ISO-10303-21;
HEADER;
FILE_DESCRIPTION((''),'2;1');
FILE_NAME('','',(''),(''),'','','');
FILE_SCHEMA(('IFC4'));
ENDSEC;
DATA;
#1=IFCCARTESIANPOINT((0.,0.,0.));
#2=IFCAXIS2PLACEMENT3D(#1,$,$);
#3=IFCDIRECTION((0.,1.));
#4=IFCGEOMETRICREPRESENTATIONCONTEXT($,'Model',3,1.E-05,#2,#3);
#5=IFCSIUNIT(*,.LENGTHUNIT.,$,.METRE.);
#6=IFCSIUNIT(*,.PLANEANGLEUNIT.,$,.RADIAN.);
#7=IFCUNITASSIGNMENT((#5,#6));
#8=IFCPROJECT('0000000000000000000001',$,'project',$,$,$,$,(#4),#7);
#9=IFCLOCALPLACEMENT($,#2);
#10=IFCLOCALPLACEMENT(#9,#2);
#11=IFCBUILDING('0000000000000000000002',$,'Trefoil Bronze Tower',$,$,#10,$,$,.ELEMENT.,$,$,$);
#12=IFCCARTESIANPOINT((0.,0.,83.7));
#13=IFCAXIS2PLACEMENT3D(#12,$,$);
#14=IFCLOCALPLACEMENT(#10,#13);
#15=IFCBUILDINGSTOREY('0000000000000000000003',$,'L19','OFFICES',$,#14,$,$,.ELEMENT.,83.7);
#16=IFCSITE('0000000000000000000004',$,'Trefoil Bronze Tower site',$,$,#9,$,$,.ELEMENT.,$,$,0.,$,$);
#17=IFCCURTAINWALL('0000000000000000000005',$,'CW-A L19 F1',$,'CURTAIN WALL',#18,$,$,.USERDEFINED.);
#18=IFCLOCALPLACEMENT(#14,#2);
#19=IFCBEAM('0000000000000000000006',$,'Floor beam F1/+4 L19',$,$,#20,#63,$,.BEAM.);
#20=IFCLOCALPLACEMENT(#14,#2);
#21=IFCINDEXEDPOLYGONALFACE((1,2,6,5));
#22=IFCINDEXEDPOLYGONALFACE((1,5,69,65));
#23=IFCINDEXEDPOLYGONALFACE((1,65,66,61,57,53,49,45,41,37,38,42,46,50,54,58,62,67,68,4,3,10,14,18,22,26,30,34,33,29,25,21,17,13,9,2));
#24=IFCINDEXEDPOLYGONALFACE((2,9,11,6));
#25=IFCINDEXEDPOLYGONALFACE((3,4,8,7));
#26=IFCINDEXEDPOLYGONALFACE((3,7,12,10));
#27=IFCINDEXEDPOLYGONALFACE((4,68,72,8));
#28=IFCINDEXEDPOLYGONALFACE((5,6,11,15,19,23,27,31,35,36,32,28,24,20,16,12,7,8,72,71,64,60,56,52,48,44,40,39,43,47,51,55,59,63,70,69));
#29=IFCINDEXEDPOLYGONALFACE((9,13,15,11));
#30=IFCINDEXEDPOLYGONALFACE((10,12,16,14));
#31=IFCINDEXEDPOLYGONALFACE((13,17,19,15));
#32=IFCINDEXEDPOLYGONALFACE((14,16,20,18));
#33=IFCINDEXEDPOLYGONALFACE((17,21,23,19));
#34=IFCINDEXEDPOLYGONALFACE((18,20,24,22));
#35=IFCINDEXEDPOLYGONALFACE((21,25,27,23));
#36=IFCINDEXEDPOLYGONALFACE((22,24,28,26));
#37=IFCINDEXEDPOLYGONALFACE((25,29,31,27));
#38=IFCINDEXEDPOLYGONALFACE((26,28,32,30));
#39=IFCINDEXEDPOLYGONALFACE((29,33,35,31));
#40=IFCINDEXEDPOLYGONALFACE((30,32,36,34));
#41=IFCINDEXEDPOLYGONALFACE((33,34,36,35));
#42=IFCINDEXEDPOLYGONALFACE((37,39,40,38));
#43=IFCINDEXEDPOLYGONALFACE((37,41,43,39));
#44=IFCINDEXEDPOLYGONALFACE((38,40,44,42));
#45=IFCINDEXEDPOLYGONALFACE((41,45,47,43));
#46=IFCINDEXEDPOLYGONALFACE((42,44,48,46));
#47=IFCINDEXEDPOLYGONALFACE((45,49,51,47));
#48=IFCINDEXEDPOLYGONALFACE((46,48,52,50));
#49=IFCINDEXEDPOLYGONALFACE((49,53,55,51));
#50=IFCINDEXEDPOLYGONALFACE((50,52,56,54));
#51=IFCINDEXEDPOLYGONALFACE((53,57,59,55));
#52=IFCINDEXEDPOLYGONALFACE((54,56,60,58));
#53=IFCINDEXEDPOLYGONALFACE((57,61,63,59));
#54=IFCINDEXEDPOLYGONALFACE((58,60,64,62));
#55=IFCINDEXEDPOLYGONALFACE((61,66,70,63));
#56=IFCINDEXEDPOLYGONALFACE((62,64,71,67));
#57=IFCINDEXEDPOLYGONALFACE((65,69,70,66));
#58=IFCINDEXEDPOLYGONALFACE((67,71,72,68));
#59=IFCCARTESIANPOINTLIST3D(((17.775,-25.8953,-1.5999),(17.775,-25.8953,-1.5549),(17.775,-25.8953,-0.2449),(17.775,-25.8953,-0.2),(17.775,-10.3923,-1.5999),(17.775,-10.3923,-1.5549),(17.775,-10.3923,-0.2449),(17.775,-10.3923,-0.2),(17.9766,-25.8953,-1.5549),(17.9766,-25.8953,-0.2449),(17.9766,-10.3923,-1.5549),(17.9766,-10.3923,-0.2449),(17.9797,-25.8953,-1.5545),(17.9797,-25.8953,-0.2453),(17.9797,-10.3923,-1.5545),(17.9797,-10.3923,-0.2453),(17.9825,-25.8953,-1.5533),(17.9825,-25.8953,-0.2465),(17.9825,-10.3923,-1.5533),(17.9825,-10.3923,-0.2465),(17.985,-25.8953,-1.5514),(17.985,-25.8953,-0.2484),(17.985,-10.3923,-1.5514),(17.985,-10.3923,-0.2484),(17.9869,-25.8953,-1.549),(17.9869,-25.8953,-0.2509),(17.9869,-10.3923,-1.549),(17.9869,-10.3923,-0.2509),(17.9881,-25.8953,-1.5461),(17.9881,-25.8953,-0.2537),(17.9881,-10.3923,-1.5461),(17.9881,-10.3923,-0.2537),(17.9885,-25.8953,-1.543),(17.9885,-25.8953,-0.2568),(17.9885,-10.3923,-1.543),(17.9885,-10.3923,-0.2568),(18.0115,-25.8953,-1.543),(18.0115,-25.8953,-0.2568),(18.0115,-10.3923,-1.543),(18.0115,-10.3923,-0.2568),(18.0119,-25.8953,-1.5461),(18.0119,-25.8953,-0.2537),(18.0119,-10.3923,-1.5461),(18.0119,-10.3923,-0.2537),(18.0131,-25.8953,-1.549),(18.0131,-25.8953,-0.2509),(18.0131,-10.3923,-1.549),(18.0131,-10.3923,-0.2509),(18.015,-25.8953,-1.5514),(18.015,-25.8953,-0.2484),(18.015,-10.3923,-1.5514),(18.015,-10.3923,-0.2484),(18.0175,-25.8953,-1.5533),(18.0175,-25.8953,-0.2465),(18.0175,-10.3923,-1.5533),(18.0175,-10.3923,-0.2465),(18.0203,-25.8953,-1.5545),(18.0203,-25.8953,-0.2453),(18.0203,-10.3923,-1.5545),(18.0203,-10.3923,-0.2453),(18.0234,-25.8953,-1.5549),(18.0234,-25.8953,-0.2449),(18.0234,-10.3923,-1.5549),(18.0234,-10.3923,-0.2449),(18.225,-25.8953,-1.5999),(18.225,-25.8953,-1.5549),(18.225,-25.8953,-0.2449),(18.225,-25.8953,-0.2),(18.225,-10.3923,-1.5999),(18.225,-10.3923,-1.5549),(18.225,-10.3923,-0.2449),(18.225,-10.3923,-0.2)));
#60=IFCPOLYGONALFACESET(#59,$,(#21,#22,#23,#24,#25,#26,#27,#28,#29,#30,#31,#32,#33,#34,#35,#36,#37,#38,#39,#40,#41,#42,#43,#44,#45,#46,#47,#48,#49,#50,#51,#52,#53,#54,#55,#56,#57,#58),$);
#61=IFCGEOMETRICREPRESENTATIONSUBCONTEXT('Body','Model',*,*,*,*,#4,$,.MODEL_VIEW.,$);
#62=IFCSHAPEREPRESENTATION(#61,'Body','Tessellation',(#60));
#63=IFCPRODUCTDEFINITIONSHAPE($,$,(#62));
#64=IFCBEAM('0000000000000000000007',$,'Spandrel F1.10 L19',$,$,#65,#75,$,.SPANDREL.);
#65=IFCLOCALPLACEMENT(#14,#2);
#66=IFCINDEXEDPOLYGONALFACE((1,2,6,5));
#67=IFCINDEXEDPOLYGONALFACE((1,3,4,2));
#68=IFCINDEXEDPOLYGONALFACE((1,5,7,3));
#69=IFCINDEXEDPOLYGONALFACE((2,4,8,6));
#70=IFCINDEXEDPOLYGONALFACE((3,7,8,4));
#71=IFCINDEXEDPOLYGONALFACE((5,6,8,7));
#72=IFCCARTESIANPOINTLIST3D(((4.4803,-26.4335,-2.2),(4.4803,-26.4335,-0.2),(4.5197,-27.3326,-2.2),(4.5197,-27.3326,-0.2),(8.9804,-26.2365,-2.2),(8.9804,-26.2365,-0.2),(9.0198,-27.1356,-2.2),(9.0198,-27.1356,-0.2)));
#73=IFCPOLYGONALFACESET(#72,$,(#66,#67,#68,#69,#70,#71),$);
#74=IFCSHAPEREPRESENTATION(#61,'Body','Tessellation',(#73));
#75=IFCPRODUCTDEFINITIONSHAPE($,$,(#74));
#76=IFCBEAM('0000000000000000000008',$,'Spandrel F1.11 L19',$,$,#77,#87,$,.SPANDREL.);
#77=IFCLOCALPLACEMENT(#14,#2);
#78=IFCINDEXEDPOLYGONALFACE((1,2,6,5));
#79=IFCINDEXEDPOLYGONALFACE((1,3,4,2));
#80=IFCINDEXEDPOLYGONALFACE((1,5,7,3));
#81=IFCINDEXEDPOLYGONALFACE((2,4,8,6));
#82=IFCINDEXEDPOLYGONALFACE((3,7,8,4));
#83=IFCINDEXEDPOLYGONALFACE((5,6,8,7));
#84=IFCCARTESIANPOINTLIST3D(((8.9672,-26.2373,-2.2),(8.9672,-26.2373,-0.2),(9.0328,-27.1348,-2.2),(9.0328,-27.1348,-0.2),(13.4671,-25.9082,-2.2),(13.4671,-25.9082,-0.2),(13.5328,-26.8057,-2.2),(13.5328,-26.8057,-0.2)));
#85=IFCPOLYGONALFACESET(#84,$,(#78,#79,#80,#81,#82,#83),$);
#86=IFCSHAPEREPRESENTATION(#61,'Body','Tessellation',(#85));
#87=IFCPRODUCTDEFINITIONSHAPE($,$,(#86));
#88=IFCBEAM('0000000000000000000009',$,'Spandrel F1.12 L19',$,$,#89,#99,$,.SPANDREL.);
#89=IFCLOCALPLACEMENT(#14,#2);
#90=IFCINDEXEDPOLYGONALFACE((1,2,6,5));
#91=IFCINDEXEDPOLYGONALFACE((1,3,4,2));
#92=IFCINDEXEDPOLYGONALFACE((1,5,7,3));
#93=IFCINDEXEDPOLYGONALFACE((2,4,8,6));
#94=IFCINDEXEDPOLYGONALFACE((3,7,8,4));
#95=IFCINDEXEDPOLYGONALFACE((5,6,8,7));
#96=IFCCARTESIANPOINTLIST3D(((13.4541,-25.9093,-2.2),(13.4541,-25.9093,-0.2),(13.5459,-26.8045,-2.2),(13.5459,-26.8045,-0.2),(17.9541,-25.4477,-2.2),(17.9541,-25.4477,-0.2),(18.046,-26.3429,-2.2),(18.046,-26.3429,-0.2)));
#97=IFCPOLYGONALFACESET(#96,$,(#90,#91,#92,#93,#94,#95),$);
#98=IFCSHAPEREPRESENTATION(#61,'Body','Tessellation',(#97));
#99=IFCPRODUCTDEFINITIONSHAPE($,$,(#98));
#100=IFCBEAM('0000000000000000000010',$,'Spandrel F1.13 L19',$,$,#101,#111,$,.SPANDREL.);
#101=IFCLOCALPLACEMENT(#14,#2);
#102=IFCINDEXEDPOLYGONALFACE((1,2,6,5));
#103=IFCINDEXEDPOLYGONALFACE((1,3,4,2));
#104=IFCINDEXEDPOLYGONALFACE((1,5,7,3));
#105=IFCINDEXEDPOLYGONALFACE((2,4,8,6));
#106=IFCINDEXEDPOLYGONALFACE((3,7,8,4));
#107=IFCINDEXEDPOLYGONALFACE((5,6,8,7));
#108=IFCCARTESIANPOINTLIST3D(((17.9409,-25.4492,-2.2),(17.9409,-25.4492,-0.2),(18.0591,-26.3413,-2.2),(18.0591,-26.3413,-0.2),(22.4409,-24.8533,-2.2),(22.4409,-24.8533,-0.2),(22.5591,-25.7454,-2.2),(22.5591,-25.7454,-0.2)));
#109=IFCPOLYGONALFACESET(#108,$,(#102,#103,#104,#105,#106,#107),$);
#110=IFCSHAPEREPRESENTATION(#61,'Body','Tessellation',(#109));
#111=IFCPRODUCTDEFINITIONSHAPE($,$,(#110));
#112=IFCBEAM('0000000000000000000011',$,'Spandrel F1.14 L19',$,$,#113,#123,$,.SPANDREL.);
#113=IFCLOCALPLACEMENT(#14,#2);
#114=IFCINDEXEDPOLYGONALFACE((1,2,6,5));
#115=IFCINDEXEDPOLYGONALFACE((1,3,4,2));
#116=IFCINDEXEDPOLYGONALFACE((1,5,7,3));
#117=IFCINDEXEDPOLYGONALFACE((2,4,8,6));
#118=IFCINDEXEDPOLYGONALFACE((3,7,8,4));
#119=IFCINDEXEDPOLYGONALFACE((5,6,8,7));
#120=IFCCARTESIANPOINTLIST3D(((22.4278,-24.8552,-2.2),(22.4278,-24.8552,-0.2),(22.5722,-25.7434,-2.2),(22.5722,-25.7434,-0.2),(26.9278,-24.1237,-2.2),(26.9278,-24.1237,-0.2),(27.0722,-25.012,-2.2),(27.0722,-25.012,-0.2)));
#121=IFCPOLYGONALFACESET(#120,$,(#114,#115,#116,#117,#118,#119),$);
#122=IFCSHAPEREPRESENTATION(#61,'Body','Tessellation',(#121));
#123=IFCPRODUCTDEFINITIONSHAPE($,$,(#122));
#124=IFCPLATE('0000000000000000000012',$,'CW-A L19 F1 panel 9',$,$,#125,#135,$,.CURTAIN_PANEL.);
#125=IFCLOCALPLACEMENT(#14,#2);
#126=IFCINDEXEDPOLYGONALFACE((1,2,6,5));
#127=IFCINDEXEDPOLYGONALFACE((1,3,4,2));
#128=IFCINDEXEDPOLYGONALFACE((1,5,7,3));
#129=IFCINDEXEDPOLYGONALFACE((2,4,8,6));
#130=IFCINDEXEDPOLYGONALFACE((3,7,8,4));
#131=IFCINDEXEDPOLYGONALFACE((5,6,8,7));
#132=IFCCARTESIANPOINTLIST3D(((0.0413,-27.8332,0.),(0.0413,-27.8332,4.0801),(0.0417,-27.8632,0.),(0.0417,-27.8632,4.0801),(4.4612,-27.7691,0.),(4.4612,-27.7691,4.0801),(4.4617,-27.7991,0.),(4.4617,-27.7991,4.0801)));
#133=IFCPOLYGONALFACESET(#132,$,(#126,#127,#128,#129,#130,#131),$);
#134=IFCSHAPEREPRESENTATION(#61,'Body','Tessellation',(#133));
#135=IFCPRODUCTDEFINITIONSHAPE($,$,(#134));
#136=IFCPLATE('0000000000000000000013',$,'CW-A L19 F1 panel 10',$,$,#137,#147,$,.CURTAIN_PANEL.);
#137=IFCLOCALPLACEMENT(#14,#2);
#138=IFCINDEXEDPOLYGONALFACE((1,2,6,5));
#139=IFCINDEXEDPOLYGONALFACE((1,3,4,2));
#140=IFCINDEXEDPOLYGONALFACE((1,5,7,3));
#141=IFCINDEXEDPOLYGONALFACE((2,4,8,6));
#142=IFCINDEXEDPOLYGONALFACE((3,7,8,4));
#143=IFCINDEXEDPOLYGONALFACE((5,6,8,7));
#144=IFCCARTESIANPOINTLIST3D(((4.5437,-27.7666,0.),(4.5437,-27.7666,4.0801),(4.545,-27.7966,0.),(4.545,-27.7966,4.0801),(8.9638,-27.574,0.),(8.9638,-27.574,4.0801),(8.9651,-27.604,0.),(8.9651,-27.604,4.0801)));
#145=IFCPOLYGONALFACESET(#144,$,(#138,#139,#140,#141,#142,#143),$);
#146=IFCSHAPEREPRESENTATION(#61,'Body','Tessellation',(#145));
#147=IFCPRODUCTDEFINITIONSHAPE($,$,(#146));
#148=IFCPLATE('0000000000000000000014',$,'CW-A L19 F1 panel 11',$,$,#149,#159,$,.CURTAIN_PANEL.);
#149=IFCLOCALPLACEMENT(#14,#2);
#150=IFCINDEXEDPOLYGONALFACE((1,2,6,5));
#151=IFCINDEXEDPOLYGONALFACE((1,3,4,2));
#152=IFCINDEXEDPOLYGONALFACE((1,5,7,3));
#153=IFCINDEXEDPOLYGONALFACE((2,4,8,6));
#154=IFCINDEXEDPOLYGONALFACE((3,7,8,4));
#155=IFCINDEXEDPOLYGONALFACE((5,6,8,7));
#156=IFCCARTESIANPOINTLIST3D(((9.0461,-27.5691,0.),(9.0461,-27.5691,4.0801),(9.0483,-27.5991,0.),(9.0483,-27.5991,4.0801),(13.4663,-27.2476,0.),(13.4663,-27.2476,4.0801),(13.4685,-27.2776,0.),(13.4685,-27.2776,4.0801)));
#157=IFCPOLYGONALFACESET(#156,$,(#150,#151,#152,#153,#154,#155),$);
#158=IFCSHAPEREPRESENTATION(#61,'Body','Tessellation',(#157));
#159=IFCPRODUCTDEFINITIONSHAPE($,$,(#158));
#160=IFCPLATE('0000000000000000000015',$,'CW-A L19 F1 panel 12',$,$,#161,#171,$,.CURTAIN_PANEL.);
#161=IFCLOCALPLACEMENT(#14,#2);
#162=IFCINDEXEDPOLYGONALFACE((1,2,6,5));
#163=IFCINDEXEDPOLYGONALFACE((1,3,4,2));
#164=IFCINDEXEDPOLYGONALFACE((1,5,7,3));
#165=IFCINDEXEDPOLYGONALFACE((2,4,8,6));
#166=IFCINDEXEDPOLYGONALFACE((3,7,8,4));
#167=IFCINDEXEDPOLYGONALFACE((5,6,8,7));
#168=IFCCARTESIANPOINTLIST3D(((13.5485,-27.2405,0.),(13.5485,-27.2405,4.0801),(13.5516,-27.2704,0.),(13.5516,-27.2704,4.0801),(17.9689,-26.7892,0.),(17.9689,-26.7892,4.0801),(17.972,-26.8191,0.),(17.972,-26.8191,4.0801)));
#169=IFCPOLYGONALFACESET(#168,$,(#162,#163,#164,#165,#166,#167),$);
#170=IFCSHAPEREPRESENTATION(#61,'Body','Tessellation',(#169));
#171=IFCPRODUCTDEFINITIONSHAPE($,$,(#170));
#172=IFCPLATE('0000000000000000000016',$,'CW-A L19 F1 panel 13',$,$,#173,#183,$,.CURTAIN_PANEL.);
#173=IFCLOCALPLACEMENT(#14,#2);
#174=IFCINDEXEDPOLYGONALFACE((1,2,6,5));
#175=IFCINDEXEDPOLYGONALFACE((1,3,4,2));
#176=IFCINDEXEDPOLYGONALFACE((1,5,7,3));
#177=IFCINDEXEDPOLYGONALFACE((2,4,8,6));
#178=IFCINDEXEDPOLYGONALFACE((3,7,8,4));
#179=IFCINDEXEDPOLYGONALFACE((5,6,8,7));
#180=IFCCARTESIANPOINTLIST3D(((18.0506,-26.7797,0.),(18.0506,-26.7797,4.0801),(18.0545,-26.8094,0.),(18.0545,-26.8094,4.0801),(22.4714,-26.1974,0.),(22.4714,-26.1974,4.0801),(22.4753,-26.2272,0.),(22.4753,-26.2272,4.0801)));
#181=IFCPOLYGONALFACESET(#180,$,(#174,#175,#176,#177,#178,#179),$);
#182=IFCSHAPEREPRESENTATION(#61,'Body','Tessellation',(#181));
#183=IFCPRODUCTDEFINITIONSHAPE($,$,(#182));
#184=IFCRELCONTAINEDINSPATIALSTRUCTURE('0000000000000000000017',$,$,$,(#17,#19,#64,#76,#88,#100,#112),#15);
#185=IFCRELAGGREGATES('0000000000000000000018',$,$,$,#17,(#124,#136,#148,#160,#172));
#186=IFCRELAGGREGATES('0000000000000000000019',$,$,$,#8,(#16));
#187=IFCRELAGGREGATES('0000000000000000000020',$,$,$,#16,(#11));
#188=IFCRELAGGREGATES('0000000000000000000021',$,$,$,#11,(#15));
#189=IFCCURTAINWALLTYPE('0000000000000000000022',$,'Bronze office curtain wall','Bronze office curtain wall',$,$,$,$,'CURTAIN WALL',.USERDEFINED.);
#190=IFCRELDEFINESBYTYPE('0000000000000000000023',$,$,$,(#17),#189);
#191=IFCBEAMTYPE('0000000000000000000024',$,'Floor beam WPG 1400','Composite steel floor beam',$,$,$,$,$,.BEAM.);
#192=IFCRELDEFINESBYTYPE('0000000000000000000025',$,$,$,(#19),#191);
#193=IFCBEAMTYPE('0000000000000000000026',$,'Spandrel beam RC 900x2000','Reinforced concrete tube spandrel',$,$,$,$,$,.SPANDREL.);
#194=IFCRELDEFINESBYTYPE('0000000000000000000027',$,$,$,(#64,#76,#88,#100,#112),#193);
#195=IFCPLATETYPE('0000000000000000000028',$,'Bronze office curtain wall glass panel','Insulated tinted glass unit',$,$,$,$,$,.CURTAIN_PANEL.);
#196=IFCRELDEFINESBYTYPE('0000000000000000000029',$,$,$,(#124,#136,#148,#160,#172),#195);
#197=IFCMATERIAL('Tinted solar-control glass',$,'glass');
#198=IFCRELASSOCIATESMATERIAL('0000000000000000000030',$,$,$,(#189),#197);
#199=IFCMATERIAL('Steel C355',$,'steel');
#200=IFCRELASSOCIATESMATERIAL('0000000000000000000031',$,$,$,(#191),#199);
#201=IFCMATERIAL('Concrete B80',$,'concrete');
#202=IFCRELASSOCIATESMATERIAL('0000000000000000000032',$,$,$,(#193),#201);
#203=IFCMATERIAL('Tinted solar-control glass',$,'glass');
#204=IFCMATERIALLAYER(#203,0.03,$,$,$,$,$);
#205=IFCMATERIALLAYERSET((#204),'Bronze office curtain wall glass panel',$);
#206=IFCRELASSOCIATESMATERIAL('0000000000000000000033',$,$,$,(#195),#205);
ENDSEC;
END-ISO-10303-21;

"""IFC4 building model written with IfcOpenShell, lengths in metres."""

from ifc_helpers import new_model, si_unit, direction, frame, origin, origin_2d, place, context, subcontext, project, spatial, rectangle, i_section, extrude, material, layer, layer_set, material_profile, profile_set, type_object, element, aggregate, save


model = new_model("IFC4")

# Units and contexts
model_context = context("Model", 3, precision=1e-05, world=origin(), true_north=direction((0.0, 1.0)))
body_context = subcontext(model_context, "Body", "Model", "MODEL_VIEW")
ifc_project = project(units=[si_unit("LENGTHUNIT", "METRE"), si_unit("PLANEANGLEUNIT", "RADIAN")], contexts=[model_context])

# Site, building, storey
site_placement = place(None, origin())
site = spatial("IfcSite", under=ifc_project, at=site_placement, Name="Trefoil Bronze Tower site", CompositionType="ELEMENT", RefElevation=0.0)
building_placement = place(site_placement, origin())
building = spatial("IfcBuilding", under=site, at=building_placement, Name="Trefoil Bronze Tower", CompositionType="ELEMENT")
storey_placement = place(building_placement, frame((0.0, 0.0, 83.7)))
storey = spatial("IfcBuildingStorey", under=building, at=storey_placement, Name="L19", Description="OFFICES", CompositionType="ELEMENT", Elevation=83.7)

# Curtain wall
ifc_material_1 = material(Name="Tinted solar-control glass", Category="glass")
curtain_wall_type = type_object("IfcCurtainWallType", Name="Bronze office curtain wall", Description="Bronze office curtain wall", ElementType="CURTAIN WALL", PredefinedType="USERDEFINED", material=ifc_material_1)
curtain_wall_placement = place(storey_placement, origin())
curtain_wall = element("IfcCurtainWall", 1, at=curtain_wall_placement, inside=storey, type_object=curtain_wall_type, Name="CW-A L19 F1", ObjectType="CURTAIN WALL", PredefinedType="USERDEFINED")

# Beams
ifc_material_2 = material(Name="Steel C355", Category="steel")
ifc_material_profile_1 = material_profile(ifc_material_2, i_section(OverallWidth=0.45, OverallDepth=1.3999, WebThickness=0.0229, FlangeThickness=0.0449, FilletRadius=0.012, at=origin_2d()), Name="WPG 1400")
ifc_profile_set_1 = profile_set([ifc_material_profile_1], Name="Steel C355")
beam_type_1 = type_object("IfcBeamType", Name="Floor beam WPG 1400", Description="Composite steel floor beam", PredefinedType="BEAM", material=ifc_profile_set_1)
beam_1_placement = place(storey_placement, frame((18.0, -25.8953, -0.8999), z_axis=(0.0, 1.0, 0.0), x_axis=(-1.0, 0.0, 0.0)))
element("IfcBeam", 2, at=beam_1_placement, inside=storey, type_object=beam_type_1, Name="Floor beam F1/+4 L19", PredefinedType="BEAM", context=body_context, shape_type="SweptSolid", body=[
    extrude(i_section(OverallWidth=0.45, OverallDepth=1.3999, WebThickness=0.0229, FlangeThickness=0.0449, FilletRadius=0.012, at=origin_2d()), origin(), (0.0, 0.0, 1.0), 15.5029),
])
ifc_material_3 = material(Name="Concrete B80", Category="concrete")
ifc_material_profile_2 = material_profile(ifc_material_3, rectangle(XDim=0.8999, YDim=2.0, at=origin_2d()), Name="RC 900x2000")
ifc_profile_set_2 = profile_set([ifc_material_profile_2], Name="Concrete B80")
beam_type_2 = type_object("IfcBeamType", Name="Spandrel beam RC 900x2000", Description="Reinforced concrete tube spandrel", PredefinedType="SPANDREL", material=ifc_profile_set_2)
beam_2_placement = place(storey_placement, frame((4.5, -26.8831, -1.2), z_axis=(0.999043, 0.043741, 0.0), x_axis=(-0.043741, 0.999043, 0.0)))
element("IfcBeam", 3, at=beam_2_placement, inside=storey, type_object=beam_type_2, Name="Spandrel F1.10 L19", PredefinedType="SPANDREL", context=body_context, shape_type="SweptSolid", body=[
    extrude(rectangle(XDim=0.8999, YDim=2.0, at=origin_2d()), origin(), (0.0, 0.0, 1.0), 4.5044),
])
beam_3_placement = place(storey_placement, frame((9.0, -26.686, -1.2), z_axis=(0.997336, 0.072939, 0.0), x_axis=(-0.072939, 0.997336, 0.0)))
element("IfcBeam", 4, at=beam_3_placement, inside=storey, type_object=beam_type_2, Name="Spandrel F1.11 L19", PredefinedType="SPANDREL", context=body_context, shape_type="SweptSolid", body=[
    extrude(rectangle(XDim=0.8999, YDim=2.0, at=origin_2d()), origin(), (0.0, 0.0, 1.0), 4.512),
])
beam_4_placement = place(storey_placement, frame((13.5, -26.3569, -1.2), z_axis=(0.994778, 0.102058, 0.0), x_axis=(-0.102058, 0.994778, 0.0)))
element("IfcBeam", 5, at=beam_4_placement, inside=storey, type_object=beam_type_2, Name="Spandrel F1.12 L19", PredefinedType="SPANDREL", context=body_context, shape_type="SweptSolid", body=[
    extrude(rectangle(XDim=0.8999, YDim=2.0, at=origin_2d()), origin(), (0.0, 0.0, 1.0), 4.5237),
])
beam_5_placement = place(storey_placement, frame((18.0, -25.8953, -1.2), z_axis=(0.991344, 0.131286, 0.0), x_axis=(-0.131286, 0.991344, 0.0)))
element("IfcBeam", 6, at=beam_5_placement, inside=storey, type_object=beam_type_2, Name="Spandrel F1.13 L19", PredefinedType="SPANDREL", context=body_context, shape_type="SweptSolid", body=[
    extrude(rectangle(XDim=0.8999, YDim=2.0, at=origin_2d()), origin(), (0.0, 0.0, 1.0), 4.5393),
])
beam_6_placement = place(storey_placement, frame((22.5, -25.2993, -1.2), z_axis=(0.987046, 0.160438, 0.0), x_axis=(-0.160438, 0.987046, 0.0)))
element("IfcBeam", 7, at=beam_6_placement, inside=storey, type_object=beam_type_2, Name="Spandrel F1.14 L19", PredefinedType="SPANDREL", context=body_context, shape_type="SweptSolid", body=[
    extrude(rectangle(XDim=0.8999, YDim=2.0, at=origin_2d()), origin(), (0.0, 0.0, 1.0), 4.5591),
])

# Plates
ifc_material_4 = material(Name="Tinted solar-control glass", Category="glass")
ifc_layer_1 = layer(ifc_material_4, 0.03)
ifc_layer_set_1 = layer_set([ifc_layer_1], Name="Bronze office curtain wall glass panel")
plate_type = type_object("IfcPlateType", Name="Bronze office curtain wall glass panel", Description="Insulated tinted glass unit", PredefinedType="CURTAIN_PANEL", material=ifc_layer_set_1)
plate_1_placement = place(storey_placement, frame((2.2515, -27.8162, 0.0), z_axis=(0.0, 0.0, 1.0), x_axis=(0.999895, 0.014509, 0.0)))
plate_1 = element("IfcPlate", 8, at=plate_1_placement, type_object=plate_type, Name="CW-A L19 F1 panel 9", PredefinedType="CURTAIN_PANEL", context=body_context, shape_type="SweptSolid", body=[
    extrude(rectangle(XDim=4.4204, YDim=0.03, at=origin_2d()), origin(), (0.0, 0.0, 1.0), 4.0801),
])
plate_2_placement = place(storey_placement, frame((6.7544, -27.6853, 0.0), z_axis=(0.0, 0.0, 1.0), x_axis=(0.999052, 0.043528, 0.0)))
plate_2 = element("IfcPlate", 9, at=plate_2_placement, type_object=plate_type, Name="CW-A L19 F1 panel 10", PredefinedType="CURTAIN_PANEL", context=body_context, shape_type="SweptSolid", body=[
    extrude(rectangle(XDim=4.4243, YDim=0.03, at=origin_2d()), origin(), (0.0, 0.0, 1.0), 4.0801),
])
plate_3_placement = place(storey_placement, frame((11.2573, -27.4233, 0.0), z_axis=(0.0, 0.0, 1.0), x_axis=(0.997365, 0.072547, 0.0)))
plate_3 = element("IfcPlate", 10, at=plate_3_placement, type_object=plate_type, Name="CW-A L19 F1 panel 11", PredefinedType="CURTAIN_PANEL", context=body_context, shape_type="SweptSolid", body=[
    extrude(rectangle(XDim=4.4319, YDim=0.03, at=origin_2d()), origin(), (0.0, 0.0, 1.0), 4.0801),
])
plate_4_placement = place(storey_placement, frame((15.7603, -27.0298, 0.0), z_axis=(0.0, 0.0, 1.0), x_axis=(0.994829, 0.101565, 0.0)))
plate_4 = element("IfcPlate", 11, at=plate_4_placement, type_object=plate_type, Name="CW-A L19 F1 panel 12", PredefinedType="CURTAIN_PANEL", context=body_context, shape_type="SweptSolid", body=[
    extrude(rectangle(XDim=4.4434, YDim=0.03, at=origin_2d()), origin(), (0.0, 0.0, 1.0), 4.0801),
])
plate_5_placement = place(storey_placement, frame((20.2629, -26.5034, 0.0), z_axis=(0.0, 0.0, 1.0), x_axis=(0.991437, 0.130584, 0.0)))
plate_5 = element("IfcPlate", 12, at=plate_5_placement, type_object=plate_type, Name="CW-A L19 F1 panel 13", PredefinedType="CURTAIN_PANEL", context=body_context, shape_type="SweptSolid", body=[
    extrude(rectangle(XDim=4.459, YDim=0.03, at=origin_2d()), origin(), (0.0, 0.0, 1.0), 4.0801),
])
aggregate(curtain_wall, [plate_1, plate_2, plate_3, plate_4, plate_5])

save(model, "model.ifc")
